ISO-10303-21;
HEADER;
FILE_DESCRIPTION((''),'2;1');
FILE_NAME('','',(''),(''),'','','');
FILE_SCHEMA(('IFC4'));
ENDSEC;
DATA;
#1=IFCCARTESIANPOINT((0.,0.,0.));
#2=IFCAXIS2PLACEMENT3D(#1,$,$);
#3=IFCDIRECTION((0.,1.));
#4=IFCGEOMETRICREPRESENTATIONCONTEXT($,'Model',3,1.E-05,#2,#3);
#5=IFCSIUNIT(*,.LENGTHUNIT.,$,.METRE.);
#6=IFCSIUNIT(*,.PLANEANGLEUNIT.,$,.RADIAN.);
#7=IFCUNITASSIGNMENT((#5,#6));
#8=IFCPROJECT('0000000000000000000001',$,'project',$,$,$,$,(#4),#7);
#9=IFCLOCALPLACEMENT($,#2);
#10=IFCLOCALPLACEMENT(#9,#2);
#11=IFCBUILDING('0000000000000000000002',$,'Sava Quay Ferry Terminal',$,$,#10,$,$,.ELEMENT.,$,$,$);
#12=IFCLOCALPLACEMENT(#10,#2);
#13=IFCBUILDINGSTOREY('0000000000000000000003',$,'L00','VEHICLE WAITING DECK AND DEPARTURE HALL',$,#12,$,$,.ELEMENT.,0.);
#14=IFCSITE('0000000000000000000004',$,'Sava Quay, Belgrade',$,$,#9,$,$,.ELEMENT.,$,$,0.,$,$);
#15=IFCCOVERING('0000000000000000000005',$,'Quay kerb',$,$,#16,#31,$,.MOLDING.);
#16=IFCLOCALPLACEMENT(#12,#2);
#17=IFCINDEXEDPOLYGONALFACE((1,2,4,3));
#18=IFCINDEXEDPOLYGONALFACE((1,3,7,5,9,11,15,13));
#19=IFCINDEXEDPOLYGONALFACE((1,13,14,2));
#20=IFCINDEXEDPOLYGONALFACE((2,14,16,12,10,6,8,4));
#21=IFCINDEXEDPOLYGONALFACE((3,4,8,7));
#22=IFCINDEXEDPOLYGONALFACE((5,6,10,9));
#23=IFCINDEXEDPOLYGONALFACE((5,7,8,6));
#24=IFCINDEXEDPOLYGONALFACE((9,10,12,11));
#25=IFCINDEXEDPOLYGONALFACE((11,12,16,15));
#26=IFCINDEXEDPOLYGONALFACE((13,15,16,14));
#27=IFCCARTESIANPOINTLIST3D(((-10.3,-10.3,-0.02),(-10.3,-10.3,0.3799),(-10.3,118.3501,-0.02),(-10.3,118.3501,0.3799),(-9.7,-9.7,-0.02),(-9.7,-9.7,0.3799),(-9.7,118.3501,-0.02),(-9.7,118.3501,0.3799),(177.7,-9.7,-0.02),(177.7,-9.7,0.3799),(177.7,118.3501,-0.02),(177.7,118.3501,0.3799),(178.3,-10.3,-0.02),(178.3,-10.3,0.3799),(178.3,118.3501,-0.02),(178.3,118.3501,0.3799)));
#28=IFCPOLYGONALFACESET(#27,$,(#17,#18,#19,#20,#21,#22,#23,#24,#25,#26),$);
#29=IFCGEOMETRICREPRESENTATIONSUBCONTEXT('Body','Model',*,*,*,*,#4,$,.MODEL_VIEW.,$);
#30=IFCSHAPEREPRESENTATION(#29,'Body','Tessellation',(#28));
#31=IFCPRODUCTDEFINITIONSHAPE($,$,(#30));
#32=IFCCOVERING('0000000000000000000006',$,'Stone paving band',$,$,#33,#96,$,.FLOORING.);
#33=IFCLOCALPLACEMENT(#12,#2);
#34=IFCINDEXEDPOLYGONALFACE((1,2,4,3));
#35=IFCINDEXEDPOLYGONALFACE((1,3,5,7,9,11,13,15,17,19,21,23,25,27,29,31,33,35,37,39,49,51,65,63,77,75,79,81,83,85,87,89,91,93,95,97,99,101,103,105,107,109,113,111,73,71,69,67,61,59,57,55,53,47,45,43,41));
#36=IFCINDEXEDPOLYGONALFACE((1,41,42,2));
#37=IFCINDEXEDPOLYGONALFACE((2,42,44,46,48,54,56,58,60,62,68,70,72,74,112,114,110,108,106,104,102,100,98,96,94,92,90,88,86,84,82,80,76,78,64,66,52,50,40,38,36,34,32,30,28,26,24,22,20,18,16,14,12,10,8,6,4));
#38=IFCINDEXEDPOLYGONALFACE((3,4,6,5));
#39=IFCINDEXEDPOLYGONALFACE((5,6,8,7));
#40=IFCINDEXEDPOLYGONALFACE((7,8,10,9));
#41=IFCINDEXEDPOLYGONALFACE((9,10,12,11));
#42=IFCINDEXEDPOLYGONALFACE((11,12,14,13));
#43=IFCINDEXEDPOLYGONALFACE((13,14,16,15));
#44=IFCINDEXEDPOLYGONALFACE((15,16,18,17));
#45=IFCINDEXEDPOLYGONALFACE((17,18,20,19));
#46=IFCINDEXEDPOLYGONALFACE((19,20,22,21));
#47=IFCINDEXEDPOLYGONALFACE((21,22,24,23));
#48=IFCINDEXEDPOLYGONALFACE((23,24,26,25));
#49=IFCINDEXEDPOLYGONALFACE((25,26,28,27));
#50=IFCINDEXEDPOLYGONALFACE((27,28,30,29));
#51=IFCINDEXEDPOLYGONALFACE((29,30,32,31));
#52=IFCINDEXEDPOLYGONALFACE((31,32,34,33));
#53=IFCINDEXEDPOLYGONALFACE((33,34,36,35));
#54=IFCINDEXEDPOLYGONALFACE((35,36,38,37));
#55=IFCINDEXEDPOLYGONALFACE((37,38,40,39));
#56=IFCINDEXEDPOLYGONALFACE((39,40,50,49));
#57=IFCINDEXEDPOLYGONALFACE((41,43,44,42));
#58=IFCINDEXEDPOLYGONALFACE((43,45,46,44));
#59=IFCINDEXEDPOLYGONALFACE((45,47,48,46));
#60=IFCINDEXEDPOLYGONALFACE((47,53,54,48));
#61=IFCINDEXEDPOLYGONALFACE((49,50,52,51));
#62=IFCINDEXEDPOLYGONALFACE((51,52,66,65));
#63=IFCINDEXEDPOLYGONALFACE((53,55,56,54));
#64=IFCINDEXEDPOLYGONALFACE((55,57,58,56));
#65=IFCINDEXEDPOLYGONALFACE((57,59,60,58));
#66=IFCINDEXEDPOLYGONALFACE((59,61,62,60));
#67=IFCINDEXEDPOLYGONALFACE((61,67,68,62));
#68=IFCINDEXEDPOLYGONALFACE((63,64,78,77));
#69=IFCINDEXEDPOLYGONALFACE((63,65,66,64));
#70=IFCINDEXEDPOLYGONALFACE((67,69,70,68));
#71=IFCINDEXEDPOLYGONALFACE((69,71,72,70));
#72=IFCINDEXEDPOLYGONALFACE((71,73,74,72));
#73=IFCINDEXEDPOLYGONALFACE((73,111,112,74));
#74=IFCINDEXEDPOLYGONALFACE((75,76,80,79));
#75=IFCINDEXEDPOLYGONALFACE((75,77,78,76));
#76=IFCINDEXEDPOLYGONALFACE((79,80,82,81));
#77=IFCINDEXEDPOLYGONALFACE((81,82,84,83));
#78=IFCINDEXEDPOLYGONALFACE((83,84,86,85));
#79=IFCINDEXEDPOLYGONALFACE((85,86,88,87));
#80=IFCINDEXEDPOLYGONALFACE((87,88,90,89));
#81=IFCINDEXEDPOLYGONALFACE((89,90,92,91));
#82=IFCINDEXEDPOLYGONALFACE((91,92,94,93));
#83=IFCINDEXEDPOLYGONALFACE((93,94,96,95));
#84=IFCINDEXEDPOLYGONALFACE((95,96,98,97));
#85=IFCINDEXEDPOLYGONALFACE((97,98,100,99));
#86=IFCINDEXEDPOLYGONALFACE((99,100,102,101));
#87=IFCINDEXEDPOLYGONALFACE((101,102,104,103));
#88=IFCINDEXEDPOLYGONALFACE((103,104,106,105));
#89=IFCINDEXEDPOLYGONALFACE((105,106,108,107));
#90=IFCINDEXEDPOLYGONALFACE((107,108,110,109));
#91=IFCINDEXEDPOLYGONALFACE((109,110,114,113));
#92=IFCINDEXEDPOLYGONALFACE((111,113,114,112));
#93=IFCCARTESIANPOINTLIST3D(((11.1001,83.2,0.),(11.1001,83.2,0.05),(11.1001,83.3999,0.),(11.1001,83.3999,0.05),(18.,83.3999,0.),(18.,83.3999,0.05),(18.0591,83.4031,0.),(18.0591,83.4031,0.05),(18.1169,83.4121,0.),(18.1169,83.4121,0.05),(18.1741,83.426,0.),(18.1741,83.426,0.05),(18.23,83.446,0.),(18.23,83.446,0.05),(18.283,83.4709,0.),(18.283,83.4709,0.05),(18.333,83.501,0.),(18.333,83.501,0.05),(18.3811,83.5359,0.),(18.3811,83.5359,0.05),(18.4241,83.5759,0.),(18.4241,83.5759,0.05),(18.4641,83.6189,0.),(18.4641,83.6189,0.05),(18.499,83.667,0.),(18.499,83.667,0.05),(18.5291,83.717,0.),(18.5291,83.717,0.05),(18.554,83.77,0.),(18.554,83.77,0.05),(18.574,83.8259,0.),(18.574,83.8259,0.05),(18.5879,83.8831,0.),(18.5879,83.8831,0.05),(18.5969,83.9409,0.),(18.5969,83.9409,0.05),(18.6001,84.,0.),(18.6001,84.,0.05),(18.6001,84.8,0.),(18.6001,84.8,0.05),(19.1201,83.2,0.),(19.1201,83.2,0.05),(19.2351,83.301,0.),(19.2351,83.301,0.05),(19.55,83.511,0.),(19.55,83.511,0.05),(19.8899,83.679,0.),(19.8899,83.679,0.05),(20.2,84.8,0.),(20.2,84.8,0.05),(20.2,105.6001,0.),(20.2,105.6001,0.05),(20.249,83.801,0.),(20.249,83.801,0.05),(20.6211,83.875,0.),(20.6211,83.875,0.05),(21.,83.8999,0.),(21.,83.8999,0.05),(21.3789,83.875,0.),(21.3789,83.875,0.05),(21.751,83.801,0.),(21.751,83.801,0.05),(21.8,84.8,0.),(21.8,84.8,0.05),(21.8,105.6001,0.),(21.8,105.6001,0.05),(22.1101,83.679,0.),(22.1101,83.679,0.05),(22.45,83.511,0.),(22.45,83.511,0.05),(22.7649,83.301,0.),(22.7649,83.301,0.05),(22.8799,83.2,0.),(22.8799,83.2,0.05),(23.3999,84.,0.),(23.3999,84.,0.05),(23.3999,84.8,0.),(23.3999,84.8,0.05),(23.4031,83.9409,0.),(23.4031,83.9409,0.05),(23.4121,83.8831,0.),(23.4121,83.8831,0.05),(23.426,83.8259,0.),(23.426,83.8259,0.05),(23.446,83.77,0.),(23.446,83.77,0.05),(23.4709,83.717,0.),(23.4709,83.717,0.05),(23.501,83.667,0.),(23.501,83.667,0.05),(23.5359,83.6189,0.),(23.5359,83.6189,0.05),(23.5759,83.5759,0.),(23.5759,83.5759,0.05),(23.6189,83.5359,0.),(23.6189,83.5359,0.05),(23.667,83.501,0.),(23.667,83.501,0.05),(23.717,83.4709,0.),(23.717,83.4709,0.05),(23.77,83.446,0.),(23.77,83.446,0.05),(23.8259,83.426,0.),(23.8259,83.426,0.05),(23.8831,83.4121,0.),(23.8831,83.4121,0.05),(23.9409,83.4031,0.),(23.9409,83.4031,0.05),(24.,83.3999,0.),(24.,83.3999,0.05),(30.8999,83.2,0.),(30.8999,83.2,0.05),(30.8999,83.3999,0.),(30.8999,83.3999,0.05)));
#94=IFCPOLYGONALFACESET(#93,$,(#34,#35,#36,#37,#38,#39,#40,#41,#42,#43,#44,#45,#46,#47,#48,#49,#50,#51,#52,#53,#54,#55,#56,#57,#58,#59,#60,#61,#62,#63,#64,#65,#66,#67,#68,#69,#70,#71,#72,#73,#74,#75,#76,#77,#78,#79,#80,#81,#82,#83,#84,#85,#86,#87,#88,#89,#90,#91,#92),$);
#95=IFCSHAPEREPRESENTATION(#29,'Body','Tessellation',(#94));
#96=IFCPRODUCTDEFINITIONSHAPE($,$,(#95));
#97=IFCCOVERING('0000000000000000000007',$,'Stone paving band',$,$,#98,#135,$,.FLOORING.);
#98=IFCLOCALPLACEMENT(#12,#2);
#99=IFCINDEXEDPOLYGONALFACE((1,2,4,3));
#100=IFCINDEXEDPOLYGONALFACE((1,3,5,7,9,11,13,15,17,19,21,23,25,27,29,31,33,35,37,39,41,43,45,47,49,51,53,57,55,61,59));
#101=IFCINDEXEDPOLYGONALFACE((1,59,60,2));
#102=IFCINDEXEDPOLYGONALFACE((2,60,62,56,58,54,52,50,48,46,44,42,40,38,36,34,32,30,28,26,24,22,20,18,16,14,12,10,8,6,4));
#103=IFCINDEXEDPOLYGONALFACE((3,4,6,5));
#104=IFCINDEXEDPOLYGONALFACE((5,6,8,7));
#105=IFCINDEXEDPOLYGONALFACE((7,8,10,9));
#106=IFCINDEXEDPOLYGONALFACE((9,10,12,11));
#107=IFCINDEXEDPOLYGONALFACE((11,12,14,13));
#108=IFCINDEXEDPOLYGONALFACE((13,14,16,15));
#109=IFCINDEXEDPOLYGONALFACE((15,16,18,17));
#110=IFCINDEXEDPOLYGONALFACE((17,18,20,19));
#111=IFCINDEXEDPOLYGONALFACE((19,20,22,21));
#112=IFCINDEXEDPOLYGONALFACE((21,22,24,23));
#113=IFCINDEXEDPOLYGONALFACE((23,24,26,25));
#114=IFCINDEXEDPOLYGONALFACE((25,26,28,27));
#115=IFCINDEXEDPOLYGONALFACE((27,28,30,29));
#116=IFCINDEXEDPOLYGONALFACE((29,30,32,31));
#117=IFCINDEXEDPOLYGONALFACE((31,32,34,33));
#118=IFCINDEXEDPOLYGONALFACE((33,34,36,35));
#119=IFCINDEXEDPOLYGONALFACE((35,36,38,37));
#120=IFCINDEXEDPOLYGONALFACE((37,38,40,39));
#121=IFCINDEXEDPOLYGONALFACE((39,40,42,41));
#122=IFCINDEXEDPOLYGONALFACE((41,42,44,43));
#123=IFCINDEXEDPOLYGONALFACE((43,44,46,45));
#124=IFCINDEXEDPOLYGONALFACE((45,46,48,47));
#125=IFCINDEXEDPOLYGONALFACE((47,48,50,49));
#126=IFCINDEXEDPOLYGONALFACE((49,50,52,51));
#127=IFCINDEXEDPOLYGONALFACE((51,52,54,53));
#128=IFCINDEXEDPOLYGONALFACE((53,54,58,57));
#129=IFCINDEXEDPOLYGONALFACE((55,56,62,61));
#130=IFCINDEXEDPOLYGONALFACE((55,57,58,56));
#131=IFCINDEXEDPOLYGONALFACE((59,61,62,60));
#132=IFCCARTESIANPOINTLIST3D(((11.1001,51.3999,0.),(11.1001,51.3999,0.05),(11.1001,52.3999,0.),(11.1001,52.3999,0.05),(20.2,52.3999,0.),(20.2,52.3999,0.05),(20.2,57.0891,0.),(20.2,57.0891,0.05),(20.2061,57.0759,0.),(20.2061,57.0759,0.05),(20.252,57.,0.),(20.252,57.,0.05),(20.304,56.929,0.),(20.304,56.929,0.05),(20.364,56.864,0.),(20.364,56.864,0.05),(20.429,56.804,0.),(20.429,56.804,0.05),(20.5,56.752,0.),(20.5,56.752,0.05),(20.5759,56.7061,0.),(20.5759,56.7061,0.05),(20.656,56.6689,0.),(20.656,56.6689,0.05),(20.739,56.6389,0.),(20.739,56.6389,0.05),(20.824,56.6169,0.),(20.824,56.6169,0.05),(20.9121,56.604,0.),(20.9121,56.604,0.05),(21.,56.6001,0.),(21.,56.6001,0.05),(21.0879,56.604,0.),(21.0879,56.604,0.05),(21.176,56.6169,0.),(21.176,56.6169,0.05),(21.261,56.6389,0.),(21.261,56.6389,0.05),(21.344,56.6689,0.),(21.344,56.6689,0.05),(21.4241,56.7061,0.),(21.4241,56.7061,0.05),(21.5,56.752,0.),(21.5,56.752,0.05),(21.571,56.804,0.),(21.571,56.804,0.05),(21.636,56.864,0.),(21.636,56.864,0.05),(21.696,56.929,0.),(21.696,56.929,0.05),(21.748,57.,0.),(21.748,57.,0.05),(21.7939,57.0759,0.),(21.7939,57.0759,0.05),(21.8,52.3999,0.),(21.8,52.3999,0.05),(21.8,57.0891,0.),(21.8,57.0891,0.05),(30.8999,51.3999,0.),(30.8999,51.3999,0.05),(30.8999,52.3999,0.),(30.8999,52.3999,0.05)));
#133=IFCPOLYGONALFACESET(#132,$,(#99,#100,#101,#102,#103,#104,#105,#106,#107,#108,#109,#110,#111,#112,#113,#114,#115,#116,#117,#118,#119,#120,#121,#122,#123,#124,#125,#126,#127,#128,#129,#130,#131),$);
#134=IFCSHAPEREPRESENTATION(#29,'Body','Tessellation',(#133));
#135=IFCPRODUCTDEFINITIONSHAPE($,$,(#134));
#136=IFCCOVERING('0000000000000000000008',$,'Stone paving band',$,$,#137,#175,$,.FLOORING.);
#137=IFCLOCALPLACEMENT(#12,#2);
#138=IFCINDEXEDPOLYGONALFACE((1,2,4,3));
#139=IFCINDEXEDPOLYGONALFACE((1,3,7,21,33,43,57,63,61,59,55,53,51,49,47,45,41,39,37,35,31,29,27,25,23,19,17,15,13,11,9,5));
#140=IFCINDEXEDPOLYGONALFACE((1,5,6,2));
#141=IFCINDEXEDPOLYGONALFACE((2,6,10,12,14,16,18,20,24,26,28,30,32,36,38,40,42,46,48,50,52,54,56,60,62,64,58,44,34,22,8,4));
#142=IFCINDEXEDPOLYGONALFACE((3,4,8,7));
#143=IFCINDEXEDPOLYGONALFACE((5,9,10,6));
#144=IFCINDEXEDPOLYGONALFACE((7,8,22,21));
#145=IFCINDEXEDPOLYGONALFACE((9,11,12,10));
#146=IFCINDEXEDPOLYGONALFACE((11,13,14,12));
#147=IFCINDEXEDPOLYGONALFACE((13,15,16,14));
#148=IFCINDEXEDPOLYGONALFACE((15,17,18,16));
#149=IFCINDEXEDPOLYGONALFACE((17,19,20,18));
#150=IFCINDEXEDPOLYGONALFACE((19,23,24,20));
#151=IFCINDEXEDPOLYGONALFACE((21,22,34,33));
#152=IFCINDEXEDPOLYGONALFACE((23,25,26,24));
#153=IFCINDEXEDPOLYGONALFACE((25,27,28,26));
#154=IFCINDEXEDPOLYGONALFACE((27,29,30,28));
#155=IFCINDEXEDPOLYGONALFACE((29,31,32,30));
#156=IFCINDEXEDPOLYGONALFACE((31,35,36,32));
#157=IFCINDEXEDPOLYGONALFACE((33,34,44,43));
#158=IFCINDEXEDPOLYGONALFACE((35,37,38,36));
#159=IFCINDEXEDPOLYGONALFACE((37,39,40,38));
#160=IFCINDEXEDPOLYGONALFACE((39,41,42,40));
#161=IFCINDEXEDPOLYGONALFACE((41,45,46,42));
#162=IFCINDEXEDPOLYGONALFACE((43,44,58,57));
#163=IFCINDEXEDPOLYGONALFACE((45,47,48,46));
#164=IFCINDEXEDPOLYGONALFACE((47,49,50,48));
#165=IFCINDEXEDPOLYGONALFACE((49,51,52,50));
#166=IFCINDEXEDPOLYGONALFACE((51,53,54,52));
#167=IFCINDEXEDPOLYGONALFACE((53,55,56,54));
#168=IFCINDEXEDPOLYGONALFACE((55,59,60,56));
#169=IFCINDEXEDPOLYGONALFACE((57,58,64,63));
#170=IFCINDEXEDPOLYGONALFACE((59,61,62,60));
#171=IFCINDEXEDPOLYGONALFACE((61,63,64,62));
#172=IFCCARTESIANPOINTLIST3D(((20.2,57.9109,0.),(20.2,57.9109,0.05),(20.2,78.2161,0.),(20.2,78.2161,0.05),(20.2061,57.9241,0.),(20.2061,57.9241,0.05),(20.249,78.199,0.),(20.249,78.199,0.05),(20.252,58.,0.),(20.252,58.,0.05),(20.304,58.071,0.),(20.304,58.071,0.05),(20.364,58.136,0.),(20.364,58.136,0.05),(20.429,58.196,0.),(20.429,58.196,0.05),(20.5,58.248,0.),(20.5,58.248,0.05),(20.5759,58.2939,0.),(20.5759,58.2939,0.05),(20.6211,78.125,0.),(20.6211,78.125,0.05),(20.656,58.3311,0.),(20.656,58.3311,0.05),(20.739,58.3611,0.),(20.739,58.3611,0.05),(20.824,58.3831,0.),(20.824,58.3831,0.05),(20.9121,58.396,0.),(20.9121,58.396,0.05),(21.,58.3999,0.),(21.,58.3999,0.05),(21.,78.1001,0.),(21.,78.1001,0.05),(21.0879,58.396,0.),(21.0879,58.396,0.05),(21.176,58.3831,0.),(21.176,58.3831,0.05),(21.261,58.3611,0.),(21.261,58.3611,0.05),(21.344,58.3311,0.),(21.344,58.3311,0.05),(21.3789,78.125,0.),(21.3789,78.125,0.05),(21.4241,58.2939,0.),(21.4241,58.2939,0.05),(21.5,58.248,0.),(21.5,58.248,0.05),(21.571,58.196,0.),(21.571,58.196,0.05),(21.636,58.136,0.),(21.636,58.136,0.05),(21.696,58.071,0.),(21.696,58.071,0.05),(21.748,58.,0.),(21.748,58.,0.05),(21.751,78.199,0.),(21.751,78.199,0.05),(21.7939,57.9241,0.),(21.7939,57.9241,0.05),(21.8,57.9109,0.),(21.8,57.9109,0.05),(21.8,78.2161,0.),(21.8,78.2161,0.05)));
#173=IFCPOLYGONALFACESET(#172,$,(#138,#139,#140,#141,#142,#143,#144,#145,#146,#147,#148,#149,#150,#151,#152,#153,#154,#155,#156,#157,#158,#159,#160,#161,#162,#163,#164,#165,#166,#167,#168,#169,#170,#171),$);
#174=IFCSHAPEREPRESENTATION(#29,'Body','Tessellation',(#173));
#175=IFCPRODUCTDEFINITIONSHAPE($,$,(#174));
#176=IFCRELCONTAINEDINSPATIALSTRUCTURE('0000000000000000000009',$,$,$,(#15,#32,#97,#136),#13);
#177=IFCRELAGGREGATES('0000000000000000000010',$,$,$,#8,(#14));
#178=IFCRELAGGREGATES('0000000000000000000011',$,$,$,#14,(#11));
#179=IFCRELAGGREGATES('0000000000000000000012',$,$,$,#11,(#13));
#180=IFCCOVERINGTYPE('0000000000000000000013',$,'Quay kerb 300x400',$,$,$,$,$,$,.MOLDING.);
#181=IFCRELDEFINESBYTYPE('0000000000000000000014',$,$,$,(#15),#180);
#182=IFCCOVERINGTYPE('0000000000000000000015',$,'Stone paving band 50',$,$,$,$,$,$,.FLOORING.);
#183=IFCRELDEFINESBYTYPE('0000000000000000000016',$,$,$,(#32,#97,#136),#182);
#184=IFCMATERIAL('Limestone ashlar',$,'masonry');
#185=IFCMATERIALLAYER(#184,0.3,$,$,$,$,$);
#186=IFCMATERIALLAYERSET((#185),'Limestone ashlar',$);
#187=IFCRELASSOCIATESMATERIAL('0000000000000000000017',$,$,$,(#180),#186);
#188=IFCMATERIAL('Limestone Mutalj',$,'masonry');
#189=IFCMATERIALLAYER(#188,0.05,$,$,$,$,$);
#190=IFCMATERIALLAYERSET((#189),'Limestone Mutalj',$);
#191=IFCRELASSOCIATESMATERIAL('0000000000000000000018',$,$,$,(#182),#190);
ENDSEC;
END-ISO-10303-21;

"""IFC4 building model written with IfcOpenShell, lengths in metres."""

from ifc_helpers import new_model, si_unit, direction, frame, origin, place, context, subcontext, project, spatial, polyline, outline, extrude, material, layer, layer_set, type_object, element, save


model = new_model("IFC4")

# Units and contexts
model_context = context("Model", 3, precision=1e-05, world=origin(), true_north=direction((0.0, 1.0)))
body_context = subcontext(model_context, "Body", "Model", "MODEL_VIEW")
ifc_project = project(units=[si_unit("LENGTHUNIT", "METRE"), si_unit("PLANEANGLEUNIT", "RADIAN")], contexts=[model_context])

# Site, building, storey
site_placement = place(None, origin())
site = spatial("IfcSite", under=ifc_project, at=site_placement, Name="Sava Quay, Belgrade", CompositionType="ELEMENT", RefElevation=0.0)
building_placement = place(site_placement, origin())
building = spatial("IfcBuilding", under=site, at=building_placement, Name="Sava Quay Ferry Terminal", CompositionType="ELEMENT")
storey_placement = place(building_placement, origin())
storey = spatial("IfcBuildingStorey", under=building, at=storey_placement, Name="L00", Description="VEHICLE WAITING DECK AND DEPARTURE HALL", CompositionType="ELEMENT", Elevation=0.0)

# Coverings
ifc_material_1 = material(Name="Limestone ashlar", Category="masonry")
ifc_layer_1 = layer(ifc_material_1, 0.3)
ifc_layer_set_1 = layer_set([ifc_layer_1], Name="Limestone ashlar")
covering_type_1 = type_object("IfcCoveringType", Name="Quay kerb 300x400", PredefinedType="MOLDING", material=ifc_layer_set_1)
covering_1_placement = place(storey_placement, frame((0.0, 0.0, -0.02)))
element("IfcCovering", 1, at=covering_1_placement, inside=storey, type_object=covering_type_1, Name="Quay kerb", PredefinedType="MOLDING", context=body_context, shape_type="SweptSolid", body=[
    extrude(outline(polyline([(-10.3, 118.3501), (-10.3, -10.3), (178.3, -10.3), (178.3, 118.3501), (177.7, 118.3501), (177.7, -9.7), (-9.7, -9.7), (-9.7, 118.3501), (-10.3, 118.3501)])), origin(), (0.0, 0.0, 1.0), 0.3999),
])
ifc_material_2 = material(Name="Limestone Mutalj", Category="masonry")
ifc_layer_2 = layer(ifc_material_2, 0.05)
ifc_layer_set_2 = layer_set([ifc_layer_2], Name="Limestone Mutalj")
covering_type_2 = type_object("IfcCoveringType", Name="Stone paving band 50", PredefinedType="FLOORING", material=ifc_layer_set_2)
covering_2_placement = place(storey_placement, origin())
element("IfcCovering", 2, at=covering_2_placement, inside=storey, type_object=covering_type_2, Name="Stone paving band", PredefinedType="FLOORING", context=body_context, shape_type="SweptSolid", body=[
    extrude(outline(polyline([(23.3999, 84.0), (23.3999, 84.8), (21.8, 84.8), (21.8, 105.6001), (20.2, 105.6001), (20.2, 84.8), (18.6001, 84.8), (18.6001, 84.0), (18.5969, 83.9409), (18.5879, 83.8831), (18.574, 83.8259), (18.554, 83.77), (18.5291, 83.717), (18.499, 83.667), (18.4641, 83.6189), (18.4241, 83.5759), (18.3811, 83.5359), (18.333, 83.501), (18.283, 83.4709), (18.23, 83.446), (18.1741, 83.426), (18.1169, 83.4121), (18.0591, 83.4031), (18.0, 83.3999), (11.1001, 83.3999), (11.1001, 83.2), (19.1201, 83.2), (19.2351, 83.301), (19.55, 83.511), (19.8899, 83.679), (20.249, 83.801), (20.6211, 83.875), (21.0, 83.8999), (21.3789, 83.875), (21.751, 83.801), (22.1101, 83.679), (22.45, 83.511), (22.7649, 83.301), (22.8799, 83.2), (30.8999, 83.2), (30.8999, 83.3999), (24.0, 83.3999), (23.9409, 83.4031), (23.8831, 83.4121), (23.8259, 83.426), (23.77, 83.446), (23.717, 83.4709), (23.667, 83.501), (23.6189, 83.5359), (23.5759, 83.5759), (23.5359, 83.6189), (23.501, 83.667), (23.4709, 83.717), (23.446, 83.77), (23.426, 83.8259), (23.4121, 83.8831), (23.4031, 83.9409), (23.3999, 84.0)])), origin(), (0.0, 0.0, 1.0), 0.05),
])
covering_3_placement = place(storey_placement, origin())
element("IfcCovering", 3, at=covering_3_placement, inside=storey, type_object=covering_type_2, Name="Stone paving band", PredefinedType="FLOORING", context=body_context, shape_type="SweptSolid", body=[
    extrude(outline(polyline([(30.8999, 52.3999), (21.8, 52.3999), (21.8, 57.0891), (21.7939, 57.0759), (21.748, 57.0), (21.696, 56.929), (21.636, 56.864), (21.571, 56.804), (21.5, 56.752), (21.4241, 56.7061), (21.344, 56.6689), (21.261, 56.6389), (21.176, 56.6169), (21.0879, 56.604), (21.0, 56.6001), (20.9121, 56.604), (20.824, 56.6169), (20.739, 56.6389), (20.656, 56.6689), (20.5759, 56.7061), (20.5, 56.752), (20.429, 56.804), (20.364, 56.864), (20.304, 56.929), (20.252, 57.0), (20.2061, 57.0759), (20.2, 57.0891), (20.2, 52.3999), (11.1001, 52.3999), (11.1001, 51.3999), (30.8999, 51.3999), (30.8999, 52.3999)])), origin(), (0.0, 0.0, 1.0), 0.05),
])
covering_4_placement = place(storey_placement, origin())
element("IfcCovering", 4, at=covering_4_placement, inside=storey, type_object=covering_type_2, Name="Stone paving band", PredefinedType="FLOORING", context=body_context, shape_type="SweptSolid", body=[
    extrude(outline(polyline([(20.2, 78.2161), (20.2, 57.9109), (20.2061, 57.9241), (20.252, 58.0), (20.304, 58.071), (20.364, 58.136), (20.429, 58.196), (20.5, 58.248), (20.5759, 58.2939), (20.656, 58.3311), (20.739, 58.3611), (20.824, 58.3831), (20.9121, 58.396), (21.0, 58.3999), (21.0879, 58.396), (21.176, 58.3831), (21.261, 58.3611), (21.344, 58.3311), (21.4241, 58.2939), (21.5, 58.248), (21.571, 58.196), (21.636, 58.136), (21.696, 58.071), (21.748, 58.0), (21.7939, 57.9241), (21.8, 57.9109), (21.8, 78.2161), (21.751, 78.199), (21.3789, 78.125), (21.0, 78.1001), (20.6211, 78.125), (20.249, 78.199), (20.2, 78.2161)])), origin(), (0.0, 0.0, 1.0), 0.05),
])

save(model, "model.ifc")
